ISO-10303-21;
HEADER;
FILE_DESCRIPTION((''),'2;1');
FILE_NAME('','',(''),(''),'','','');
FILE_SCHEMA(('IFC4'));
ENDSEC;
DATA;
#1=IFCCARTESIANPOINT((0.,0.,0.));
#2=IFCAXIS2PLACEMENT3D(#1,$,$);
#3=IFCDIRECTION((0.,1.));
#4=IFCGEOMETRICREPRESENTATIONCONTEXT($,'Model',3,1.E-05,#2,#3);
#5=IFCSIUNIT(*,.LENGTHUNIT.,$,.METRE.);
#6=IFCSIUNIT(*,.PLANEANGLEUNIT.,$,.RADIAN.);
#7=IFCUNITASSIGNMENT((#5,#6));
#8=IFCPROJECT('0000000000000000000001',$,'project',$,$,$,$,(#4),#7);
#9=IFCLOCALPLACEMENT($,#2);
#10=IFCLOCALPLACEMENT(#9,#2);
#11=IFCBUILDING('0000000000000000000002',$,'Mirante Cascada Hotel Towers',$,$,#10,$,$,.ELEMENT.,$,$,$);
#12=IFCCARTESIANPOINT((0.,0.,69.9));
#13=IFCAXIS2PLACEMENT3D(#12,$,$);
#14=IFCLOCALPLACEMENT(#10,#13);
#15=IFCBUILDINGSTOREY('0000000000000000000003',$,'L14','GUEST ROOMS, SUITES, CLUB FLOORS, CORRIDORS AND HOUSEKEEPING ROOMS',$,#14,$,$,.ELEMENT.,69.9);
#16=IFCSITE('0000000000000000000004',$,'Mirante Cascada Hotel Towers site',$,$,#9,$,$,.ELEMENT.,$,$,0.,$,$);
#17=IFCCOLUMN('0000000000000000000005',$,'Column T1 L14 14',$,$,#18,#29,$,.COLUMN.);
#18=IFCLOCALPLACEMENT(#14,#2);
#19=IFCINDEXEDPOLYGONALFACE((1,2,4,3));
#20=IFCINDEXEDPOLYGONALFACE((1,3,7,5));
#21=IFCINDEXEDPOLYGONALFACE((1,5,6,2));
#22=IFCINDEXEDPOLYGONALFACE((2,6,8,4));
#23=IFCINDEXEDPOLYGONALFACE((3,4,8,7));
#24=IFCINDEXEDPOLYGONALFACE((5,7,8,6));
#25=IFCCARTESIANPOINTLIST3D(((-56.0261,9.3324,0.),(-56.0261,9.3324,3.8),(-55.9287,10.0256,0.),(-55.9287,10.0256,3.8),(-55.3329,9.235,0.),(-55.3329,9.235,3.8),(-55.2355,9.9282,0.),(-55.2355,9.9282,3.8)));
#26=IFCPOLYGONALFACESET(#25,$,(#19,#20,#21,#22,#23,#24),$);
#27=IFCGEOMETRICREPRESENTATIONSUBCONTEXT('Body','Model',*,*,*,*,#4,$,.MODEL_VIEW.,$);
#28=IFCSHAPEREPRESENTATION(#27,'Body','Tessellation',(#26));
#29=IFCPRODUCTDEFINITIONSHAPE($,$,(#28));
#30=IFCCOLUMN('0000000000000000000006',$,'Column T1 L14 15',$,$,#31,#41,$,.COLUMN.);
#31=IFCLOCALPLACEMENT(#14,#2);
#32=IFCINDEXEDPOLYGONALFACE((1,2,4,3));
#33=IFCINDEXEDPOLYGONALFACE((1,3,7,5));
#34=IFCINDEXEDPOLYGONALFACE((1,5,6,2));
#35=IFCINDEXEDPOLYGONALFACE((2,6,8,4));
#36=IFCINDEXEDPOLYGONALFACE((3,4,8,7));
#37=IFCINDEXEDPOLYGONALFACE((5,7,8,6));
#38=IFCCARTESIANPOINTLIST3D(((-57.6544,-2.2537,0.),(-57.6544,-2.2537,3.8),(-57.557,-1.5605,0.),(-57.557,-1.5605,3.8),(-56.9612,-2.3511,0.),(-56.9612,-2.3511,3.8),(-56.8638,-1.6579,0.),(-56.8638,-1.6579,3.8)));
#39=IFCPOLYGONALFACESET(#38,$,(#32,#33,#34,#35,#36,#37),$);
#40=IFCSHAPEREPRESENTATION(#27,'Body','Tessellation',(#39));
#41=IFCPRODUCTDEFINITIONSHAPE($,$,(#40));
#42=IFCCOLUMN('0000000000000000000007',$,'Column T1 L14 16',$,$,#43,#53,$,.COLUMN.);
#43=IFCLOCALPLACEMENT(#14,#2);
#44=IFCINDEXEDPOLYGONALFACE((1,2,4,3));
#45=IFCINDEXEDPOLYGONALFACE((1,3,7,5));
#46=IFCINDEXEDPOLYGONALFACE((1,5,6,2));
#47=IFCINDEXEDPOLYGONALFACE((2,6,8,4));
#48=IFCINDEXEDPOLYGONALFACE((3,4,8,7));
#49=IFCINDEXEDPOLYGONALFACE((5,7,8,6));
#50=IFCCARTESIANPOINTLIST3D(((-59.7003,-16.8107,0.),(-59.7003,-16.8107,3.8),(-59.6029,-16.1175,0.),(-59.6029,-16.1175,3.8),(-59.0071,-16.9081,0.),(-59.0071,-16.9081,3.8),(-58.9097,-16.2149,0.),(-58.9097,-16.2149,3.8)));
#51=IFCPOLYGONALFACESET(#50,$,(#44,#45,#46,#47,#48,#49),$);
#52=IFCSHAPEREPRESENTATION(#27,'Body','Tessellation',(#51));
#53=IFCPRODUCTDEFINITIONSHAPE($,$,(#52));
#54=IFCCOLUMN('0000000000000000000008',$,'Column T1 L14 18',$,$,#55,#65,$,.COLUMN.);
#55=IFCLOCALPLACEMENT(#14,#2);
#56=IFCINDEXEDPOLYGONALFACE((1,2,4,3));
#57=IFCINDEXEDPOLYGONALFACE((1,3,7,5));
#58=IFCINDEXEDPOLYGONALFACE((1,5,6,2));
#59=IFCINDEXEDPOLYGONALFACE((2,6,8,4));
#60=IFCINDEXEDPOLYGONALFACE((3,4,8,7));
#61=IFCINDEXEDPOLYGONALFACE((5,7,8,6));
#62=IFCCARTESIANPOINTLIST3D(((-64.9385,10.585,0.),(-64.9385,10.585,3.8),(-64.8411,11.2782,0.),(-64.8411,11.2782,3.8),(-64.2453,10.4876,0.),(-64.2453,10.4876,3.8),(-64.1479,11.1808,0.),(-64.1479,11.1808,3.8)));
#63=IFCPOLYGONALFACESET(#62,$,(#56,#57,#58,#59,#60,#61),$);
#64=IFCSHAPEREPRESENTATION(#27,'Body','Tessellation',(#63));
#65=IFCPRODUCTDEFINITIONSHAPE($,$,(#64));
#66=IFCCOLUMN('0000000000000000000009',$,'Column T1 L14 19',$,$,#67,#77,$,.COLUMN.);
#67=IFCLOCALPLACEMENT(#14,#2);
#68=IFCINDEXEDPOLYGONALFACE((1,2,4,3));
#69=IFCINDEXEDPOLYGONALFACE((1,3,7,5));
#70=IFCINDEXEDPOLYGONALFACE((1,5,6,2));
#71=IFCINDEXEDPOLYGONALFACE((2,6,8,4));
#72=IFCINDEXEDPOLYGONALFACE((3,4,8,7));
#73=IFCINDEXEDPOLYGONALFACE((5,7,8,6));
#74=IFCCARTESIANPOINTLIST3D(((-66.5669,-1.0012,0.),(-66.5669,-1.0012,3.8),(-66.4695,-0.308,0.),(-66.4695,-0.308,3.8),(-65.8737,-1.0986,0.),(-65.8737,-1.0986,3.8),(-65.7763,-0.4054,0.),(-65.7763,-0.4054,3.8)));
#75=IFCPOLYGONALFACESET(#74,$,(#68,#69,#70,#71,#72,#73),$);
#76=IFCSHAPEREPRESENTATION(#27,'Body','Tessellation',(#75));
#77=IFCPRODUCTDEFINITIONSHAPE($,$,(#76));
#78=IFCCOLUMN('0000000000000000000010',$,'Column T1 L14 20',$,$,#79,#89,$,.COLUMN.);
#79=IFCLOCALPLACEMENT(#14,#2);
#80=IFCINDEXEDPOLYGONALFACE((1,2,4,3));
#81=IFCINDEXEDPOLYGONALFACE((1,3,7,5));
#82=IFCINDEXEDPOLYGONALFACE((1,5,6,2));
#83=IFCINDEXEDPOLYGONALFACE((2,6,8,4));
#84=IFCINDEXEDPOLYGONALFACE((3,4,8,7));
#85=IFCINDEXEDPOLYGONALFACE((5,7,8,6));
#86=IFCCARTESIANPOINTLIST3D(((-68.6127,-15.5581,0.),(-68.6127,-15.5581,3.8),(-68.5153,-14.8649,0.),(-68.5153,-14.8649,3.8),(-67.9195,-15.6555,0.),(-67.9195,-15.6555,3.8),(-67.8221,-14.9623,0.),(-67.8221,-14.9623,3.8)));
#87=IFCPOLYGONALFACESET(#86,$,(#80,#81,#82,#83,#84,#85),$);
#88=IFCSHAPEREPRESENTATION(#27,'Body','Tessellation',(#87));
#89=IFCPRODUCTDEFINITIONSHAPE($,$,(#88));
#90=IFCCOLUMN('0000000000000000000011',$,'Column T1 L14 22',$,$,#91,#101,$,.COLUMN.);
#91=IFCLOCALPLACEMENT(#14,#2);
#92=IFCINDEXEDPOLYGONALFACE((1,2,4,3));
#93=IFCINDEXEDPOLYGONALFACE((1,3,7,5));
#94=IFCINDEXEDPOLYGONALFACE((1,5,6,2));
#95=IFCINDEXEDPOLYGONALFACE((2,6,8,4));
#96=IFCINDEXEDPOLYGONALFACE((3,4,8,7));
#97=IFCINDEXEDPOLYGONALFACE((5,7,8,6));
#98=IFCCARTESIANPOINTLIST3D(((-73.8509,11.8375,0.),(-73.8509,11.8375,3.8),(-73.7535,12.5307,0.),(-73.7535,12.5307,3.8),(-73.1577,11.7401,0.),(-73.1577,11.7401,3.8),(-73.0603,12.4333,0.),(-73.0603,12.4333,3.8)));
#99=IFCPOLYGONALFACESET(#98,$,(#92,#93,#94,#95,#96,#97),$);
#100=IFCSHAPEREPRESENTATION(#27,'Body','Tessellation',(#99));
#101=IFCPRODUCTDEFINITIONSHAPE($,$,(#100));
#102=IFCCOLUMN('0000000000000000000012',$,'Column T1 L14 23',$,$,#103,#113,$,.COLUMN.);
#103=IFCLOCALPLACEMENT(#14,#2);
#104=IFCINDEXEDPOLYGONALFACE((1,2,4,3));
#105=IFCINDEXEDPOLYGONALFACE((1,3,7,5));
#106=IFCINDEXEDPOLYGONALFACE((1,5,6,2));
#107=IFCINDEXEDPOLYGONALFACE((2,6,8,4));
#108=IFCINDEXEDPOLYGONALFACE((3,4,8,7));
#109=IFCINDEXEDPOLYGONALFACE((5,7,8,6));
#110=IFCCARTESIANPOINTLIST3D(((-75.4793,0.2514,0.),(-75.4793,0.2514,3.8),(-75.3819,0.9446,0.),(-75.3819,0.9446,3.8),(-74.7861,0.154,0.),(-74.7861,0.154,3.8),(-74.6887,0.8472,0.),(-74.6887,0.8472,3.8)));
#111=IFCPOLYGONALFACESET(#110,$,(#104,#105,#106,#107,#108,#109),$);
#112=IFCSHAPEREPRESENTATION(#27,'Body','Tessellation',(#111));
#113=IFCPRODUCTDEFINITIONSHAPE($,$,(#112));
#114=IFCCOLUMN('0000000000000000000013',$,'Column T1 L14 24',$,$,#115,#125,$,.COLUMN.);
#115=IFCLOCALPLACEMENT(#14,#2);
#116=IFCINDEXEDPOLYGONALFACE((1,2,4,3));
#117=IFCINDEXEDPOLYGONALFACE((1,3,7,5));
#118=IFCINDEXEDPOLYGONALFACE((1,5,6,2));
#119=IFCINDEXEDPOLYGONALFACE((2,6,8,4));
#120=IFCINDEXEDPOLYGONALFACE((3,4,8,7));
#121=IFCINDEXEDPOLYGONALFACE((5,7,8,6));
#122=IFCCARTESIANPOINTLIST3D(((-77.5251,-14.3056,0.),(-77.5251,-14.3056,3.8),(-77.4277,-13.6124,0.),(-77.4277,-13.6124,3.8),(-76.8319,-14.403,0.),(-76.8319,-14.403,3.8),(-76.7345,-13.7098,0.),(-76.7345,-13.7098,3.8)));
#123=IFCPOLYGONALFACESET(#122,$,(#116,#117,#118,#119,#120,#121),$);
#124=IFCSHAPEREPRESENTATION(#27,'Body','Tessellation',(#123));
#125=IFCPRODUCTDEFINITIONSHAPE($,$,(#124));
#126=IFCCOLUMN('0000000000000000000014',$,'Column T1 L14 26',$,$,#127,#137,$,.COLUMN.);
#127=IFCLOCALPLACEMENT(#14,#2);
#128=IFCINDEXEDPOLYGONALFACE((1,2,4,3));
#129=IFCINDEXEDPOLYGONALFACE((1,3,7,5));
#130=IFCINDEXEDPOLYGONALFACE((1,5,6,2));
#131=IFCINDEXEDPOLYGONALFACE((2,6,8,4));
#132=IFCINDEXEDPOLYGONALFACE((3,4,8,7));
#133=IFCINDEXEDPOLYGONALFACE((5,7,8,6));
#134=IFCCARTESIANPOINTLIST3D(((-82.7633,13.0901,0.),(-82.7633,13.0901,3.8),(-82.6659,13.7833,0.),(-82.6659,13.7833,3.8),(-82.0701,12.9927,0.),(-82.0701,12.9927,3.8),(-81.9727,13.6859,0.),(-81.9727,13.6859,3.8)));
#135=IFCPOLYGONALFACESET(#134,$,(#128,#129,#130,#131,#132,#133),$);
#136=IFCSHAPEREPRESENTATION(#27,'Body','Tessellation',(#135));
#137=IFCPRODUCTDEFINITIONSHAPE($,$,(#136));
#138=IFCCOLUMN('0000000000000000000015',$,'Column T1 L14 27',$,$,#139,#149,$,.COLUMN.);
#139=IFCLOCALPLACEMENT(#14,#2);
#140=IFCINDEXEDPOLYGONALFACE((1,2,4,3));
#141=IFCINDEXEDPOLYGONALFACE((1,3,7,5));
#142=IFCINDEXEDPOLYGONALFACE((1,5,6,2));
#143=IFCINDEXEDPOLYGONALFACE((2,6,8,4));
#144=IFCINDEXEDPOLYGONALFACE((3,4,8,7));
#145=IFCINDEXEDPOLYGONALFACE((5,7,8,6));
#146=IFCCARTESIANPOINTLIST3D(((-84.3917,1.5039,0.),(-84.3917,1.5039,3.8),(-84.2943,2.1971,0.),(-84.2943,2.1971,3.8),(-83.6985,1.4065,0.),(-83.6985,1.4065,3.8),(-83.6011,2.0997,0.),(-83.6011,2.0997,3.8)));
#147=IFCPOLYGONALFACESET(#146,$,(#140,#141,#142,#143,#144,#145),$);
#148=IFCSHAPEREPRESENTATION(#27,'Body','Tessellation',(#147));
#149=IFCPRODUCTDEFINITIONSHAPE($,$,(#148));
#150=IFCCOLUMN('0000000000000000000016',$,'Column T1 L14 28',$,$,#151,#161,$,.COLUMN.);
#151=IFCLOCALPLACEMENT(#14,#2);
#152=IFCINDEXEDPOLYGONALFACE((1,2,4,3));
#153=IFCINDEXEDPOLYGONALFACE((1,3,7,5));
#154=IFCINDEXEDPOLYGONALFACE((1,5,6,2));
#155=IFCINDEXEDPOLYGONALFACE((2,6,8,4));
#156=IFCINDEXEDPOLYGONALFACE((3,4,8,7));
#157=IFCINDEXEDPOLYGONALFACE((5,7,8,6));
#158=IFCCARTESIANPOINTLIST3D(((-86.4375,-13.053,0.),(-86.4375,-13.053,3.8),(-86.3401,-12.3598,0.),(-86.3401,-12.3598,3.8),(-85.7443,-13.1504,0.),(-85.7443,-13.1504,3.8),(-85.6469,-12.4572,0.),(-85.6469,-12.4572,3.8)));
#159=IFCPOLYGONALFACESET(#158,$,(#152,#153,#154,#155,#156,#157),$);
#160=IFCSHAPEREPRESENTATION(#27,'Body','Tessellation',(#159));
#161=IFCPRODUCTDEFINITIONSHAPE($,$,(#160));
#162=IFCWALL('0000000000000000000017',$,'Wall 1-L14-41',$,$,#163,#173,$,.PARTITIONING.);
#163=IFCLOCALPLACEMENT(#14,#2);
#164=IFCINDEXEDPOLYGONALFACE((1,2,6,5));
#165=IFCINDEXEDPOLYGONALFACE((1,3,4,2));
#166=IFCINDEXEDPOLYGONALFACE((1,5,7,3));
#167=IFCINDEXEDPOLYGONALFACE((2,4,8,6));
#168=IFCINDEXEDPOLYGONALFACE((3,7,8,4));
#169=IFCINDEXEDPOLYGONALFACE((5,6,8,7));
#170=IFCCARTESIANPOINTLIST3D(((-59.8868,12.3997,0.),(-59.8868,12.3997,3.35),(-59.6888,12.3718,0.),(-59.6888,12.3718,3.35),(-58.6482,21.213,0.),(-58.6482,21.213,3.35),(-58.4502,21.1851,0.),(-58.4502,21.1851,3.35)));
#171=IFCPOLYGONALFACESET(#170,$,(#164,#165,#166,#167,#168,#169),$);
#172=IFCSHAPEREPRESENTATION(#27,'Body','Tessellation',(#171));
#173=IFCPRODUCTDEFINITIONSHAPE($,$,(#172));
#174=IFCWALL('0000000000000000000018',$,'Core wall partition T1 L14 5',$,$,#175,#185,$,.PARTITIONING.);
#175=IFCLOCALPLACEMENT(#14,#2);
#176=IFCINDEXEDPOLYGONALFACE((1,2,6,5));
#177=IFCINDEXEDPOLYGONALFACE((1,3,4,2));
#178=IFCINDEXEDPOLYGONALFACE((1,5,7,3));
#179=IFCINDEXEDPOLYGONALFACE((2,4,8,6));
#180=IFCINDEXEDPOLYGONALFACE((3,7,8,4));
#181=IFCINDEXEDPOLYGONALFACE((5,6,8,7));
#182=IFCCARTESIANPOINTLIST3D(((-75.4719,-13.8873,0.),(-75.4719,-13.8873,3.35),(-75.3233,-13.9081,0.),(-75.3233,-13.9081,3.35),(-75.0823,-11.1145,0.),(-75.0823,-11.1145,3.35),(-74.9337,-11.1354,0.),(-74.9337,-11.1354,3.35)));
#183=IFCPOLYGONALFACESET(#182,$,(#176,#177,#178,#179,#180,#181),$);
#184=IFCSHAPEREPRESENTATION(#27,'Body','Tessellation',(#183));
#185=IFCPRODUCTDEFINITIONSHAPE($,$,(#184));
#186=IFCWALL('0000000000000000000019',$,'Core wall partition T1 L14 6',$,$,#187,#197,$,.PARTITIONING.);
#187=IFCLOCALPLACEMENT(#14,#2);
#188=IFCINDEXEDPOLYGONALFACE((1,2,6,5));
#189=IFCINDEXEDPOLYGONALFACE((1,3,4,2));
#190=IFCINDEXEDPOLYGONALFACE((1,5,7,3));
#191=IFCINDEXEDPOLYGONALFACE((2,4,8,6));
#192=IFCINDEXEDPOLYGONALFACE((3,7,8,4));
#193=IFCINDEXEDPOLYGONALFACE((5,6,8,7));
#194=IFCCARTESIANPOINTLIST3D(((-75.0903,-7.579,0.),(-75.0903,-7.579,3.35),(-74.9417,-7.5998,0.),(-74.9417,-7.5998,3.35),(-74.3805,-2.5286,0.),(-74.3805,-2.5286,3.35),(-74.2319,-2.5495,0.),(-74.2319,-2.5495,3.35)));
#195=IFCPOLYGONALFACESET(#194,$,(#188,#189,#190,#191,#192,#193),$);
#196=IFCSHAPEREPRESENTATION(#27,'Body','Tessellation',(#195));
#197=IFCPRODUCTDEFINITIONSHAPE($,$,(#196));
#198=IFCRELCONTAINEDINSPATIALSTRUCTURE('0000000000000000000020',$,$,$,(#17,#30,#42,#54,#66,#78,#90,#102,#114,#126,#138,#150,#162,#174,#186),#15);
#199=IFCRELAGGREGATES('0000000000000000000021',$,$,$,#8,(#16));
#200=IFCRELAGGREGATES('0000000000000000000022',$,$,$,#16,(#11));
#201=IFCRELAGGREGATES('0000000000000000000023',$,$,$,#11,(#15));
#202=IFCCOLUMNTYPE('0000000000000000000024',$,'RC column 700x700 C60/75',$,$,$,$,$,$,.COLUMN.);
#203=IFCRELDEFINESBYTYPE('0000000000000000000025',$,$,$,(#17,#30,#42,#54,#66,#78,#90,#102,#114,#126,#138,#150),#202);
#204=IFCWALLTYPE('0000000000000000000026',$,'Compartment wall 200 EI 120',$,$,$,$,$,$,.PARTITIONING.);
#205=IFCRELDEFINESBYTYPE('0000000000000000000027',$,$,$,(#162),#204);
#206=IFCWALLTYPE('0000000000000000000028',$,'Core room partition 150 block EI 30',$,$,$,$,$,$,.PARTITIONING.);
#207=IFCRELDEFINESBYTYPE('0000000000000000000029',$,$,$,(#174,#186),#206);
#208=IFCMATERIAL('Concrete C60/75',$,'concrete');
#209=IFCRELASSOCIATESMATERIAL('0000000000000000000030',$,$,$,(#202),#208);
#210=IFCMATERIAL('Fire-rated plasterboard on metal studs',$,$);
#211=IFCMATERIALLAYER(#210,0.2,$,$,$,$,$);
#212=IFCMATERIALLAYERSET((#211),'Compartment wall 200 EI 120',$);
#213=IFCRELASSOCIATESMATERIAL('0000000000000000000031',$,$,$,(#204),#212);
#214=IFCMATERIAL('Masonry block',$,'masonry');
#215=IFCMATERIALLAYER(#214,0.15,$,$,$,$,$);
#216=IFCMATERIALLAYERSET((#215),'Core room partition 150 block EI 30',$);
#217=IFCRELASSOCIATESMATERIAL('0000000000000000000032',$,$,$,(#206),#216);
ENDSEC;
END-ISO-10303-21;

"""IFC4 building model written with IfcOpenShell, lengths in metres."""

from ifc_helpers import new_model, si_unit, direction, frame, frame_2d, origin, origin_2d, place, context, subcontext, project, spatial, rectangle, extrude, material, layer, layer_set, material_profile, profile_set, type_object, element, save


model = new_model("IFC4")

# Units and contexts
model_context = context("Model", 3, precision=1e-05, world=origin(), true_north=direction((0.0, 1.0)))
body_context = subcontext(model_context, "Body", "Model", "MODEL_VIEW")
ifc_project = project(units=[si_unit("LENGTHUNIT", "METRE"), si_unit("PLANEANGLEUNIT", "RADIAN")], contexts=[model_context])

# Site, building, storey
site_placement = place(None, origin())
site = spatial("IfcSite", under=ifc_project, at=site_placement, Name="Mirante Cascada Hotel Towers site", CompositionType="ELEMENT", RefElevation=0.0)
building_placement = place(site_placement, origin())
building = spatial("IfcBuilding", under=site, at=building_placement, Name="Mirante Cascada Hotel Towers", CompositionType="ELEMENT")
storey_placement = place(building_placement, frame((0.0, 0.0, 69.9)))
storey = spatial("IfcBuildingStorey", under=building, at=storey_placement, Name="L14", Description="GUEST ROOMS, SUITES, CLUB FLOORS, CORRIDORS AND HOUSEKEEPING ROOMS", CompositionType="ELEMENT", Elevation=69.9)

# Columns
ifc_material_1 = material(Name="Concrete C60/75", Category="concrete")
ifc_material_profile = material_profile(ifc_material_1, rectangle(XDim=0.7, YDim=0.7, at=origin_2d()), Name="RC column 700x700 C60/75")
ifc_profile_set = profile_set([ifc_material_profile], Name="Concrete C60/75")
column_type = type_object("IfcColumnType", Name="RC column 700x700 C60/75", PredefinedType="COLUMN", material=ifc_profile_set)
for number, where, z_axis, x_axis, name in (
    (1, (-55.6308, 9.6303, 0.0), (0.0, 0.0, 1.0), (-0.990268, 0.139173, 0.0), "Column T1 L14 14"),
    (2, (-57.2591, -1.9558, 0.0), (0.0, 0.0, 1.0), (-0.990268, 0.139173, 0.0), "Column T1 L14 15"),
    (3, (-59.305, -16.5128, 0.0), (0.0, 0.0, 1.0), (-0.990268, 0.139173, 0.0), "Column T1 L14 16"),
    (4, (-64.5432, 10.8829, 0.0), (0.0, 0.0, 1.0), (-0.990268, 0.139173, 0.0), "Column T1 L14 18"),
    (5, (-66.1716, -0.7033, 0.0), (0.0, 0.0, 1.0), (-0.990268, 0.139173, 0.0), "Column T1 L14 19"),
    (6, (-68.2174, -15.2602, 0.0), (0.0, 0.0, 1.0), (-0.990268, 0.139173, 0.0), "Column T1 L14 20"),
    (7, (-73.4556, 12.1354, 0.0), (0.0, 0.0, 1.0), (-0.990268, 0.139173, 0.0), "Column T1 L14 22"),
    (8, (-75.084, 0.5493, 0.0), (0.0, 0.0, 1.0), (-0.990268, 0.139173, 0.0), "Column T1 L14 23"),
    (9, (-77.1298, -14.0077, 0.0), (0.0, 0.0, 1.0), (-0.990268, 0.139173, 0.0), "Column T1 L14 24"),
    (10, (-82.368, 13.388, 0.0), (0.0, 0.0, 1.0), (-0.990268, 0.139173, 0.0), "Column T1 L14 26"),
    (11, (-83.9964, 1.8018, 0.0), (0.0, 0.0, 1.0), (-0.990268, 0.139173, 0.0), "Column T1 L14 27"),
    (12, (-86.0422, -12.7551, 0.0), (0.0, 0.0, 1.0), (-0.990268, 0.139173, 0.0), "Column T1 L14 28"),
):
    element("IfcColumn", number, at=place(storey_placement, frame(where, z_axis=z_axis, x_axis=x_axis)), inside=storey, type_object=column_type, Name=name, PredefinedType="COLUMN", context=body_context, shape_type="SweptSolid", body=[
        extrude(rectangle(XDim=0.7, YDim=0.7, at=origin_2d()), origin(), (0.0, 0.0, 1.0), 3.8),
    ])

# Walls
ifc_material_2 = material(Name="Fire-rated plasterboard on metal studs")
ifc_layer_1 = layer(ifc_material_2, 0.2)
ifc_layer_set_1 = layer_set([ifc_layer_1], Name="Compartment wall 200 EI 120")
wall_type_1 = type_object("IfcWallType", Name="Compartment wall 200 EI 120", PredefinedType="PARTITIONING", material=ifc_layer_set_1)
wall_1_placement = place(storey_placement, frame((-59.7878, 12.3857, 0.0), z_axis=(0.0, 0.0, 1.0), x_axis=(0.13917, 0.990268, 0.0)))
element("IfcWall", 13, at=wall_1_placement, inside=storey, type_object=wall_type_1, Name="Wall 1-L14-41", PredefinedType="PARTITIONING", context=body_context, shape_type="SweptSolid", body=[
    extrude(rectangle(XDim=8.8999, YDim=0.2, at=frame_2d((4.45, 0.0))), origin(), (0.0, 0.0, 1.0), 3.35),
])
ifc_material_3 = material(Name="Masonry block", Category="masonry")
ifc_layer_2 = layer(ifc_material_3, 0.15)
ifc_layer_set_2 = layer_set([ifc_layer_2], Name="Core room partition 150 block EI 30")
wall_type_2 = type_object("IfcWallType", Name="Core room partition 150 block EI 30", PredefinedType="PARTITIONING", material=ifc_layer_set_2)
wall_2_placement = place(storey_placement, frame((-75.3976, -13.8977, 0.0), z_axis=(0.0, 0.0, 1.0), x_axis=(0.139141, 0.990273, 0.0)))
element("IfcWall", 14, at=wall_2_placement, inside=storey, type_object=wall_type_2, Name="Core wall partition T1 L14 5", PredefinedType="PARTITIONING", context=body_context, shape_type="SweptSolid", body=[
    extrude(rectangle(XDim=2.8, YDim=0.15, at=frame_2d((1.4, 0.0))), origin(), (0.0, 0.0, 1.0), 3.35),
])
wall_3_placement = place(storey_placement, frame((-75.016, -7.5894, 0.0), z_axis=(0.0, 0.0, 1.0), x_axis=(0.139176, 0.990268, 0.0)))
element("IfcWall", 15, at=wall_3_placement, inside=storey, type_object=wall_type_2, Name="Core wall partition T1 L14 6", PredefinedType="PARTITIONING", context=body_context, shape_type="SweptSolid", body=[
    extrude(rectangle(XDim=5.1, YDim=0.15, at=frame_2d((2.55, 0.0))), origin(), (0.0, 0.0, 1.0), 3.35),
])

save(model, "model.ifc")
